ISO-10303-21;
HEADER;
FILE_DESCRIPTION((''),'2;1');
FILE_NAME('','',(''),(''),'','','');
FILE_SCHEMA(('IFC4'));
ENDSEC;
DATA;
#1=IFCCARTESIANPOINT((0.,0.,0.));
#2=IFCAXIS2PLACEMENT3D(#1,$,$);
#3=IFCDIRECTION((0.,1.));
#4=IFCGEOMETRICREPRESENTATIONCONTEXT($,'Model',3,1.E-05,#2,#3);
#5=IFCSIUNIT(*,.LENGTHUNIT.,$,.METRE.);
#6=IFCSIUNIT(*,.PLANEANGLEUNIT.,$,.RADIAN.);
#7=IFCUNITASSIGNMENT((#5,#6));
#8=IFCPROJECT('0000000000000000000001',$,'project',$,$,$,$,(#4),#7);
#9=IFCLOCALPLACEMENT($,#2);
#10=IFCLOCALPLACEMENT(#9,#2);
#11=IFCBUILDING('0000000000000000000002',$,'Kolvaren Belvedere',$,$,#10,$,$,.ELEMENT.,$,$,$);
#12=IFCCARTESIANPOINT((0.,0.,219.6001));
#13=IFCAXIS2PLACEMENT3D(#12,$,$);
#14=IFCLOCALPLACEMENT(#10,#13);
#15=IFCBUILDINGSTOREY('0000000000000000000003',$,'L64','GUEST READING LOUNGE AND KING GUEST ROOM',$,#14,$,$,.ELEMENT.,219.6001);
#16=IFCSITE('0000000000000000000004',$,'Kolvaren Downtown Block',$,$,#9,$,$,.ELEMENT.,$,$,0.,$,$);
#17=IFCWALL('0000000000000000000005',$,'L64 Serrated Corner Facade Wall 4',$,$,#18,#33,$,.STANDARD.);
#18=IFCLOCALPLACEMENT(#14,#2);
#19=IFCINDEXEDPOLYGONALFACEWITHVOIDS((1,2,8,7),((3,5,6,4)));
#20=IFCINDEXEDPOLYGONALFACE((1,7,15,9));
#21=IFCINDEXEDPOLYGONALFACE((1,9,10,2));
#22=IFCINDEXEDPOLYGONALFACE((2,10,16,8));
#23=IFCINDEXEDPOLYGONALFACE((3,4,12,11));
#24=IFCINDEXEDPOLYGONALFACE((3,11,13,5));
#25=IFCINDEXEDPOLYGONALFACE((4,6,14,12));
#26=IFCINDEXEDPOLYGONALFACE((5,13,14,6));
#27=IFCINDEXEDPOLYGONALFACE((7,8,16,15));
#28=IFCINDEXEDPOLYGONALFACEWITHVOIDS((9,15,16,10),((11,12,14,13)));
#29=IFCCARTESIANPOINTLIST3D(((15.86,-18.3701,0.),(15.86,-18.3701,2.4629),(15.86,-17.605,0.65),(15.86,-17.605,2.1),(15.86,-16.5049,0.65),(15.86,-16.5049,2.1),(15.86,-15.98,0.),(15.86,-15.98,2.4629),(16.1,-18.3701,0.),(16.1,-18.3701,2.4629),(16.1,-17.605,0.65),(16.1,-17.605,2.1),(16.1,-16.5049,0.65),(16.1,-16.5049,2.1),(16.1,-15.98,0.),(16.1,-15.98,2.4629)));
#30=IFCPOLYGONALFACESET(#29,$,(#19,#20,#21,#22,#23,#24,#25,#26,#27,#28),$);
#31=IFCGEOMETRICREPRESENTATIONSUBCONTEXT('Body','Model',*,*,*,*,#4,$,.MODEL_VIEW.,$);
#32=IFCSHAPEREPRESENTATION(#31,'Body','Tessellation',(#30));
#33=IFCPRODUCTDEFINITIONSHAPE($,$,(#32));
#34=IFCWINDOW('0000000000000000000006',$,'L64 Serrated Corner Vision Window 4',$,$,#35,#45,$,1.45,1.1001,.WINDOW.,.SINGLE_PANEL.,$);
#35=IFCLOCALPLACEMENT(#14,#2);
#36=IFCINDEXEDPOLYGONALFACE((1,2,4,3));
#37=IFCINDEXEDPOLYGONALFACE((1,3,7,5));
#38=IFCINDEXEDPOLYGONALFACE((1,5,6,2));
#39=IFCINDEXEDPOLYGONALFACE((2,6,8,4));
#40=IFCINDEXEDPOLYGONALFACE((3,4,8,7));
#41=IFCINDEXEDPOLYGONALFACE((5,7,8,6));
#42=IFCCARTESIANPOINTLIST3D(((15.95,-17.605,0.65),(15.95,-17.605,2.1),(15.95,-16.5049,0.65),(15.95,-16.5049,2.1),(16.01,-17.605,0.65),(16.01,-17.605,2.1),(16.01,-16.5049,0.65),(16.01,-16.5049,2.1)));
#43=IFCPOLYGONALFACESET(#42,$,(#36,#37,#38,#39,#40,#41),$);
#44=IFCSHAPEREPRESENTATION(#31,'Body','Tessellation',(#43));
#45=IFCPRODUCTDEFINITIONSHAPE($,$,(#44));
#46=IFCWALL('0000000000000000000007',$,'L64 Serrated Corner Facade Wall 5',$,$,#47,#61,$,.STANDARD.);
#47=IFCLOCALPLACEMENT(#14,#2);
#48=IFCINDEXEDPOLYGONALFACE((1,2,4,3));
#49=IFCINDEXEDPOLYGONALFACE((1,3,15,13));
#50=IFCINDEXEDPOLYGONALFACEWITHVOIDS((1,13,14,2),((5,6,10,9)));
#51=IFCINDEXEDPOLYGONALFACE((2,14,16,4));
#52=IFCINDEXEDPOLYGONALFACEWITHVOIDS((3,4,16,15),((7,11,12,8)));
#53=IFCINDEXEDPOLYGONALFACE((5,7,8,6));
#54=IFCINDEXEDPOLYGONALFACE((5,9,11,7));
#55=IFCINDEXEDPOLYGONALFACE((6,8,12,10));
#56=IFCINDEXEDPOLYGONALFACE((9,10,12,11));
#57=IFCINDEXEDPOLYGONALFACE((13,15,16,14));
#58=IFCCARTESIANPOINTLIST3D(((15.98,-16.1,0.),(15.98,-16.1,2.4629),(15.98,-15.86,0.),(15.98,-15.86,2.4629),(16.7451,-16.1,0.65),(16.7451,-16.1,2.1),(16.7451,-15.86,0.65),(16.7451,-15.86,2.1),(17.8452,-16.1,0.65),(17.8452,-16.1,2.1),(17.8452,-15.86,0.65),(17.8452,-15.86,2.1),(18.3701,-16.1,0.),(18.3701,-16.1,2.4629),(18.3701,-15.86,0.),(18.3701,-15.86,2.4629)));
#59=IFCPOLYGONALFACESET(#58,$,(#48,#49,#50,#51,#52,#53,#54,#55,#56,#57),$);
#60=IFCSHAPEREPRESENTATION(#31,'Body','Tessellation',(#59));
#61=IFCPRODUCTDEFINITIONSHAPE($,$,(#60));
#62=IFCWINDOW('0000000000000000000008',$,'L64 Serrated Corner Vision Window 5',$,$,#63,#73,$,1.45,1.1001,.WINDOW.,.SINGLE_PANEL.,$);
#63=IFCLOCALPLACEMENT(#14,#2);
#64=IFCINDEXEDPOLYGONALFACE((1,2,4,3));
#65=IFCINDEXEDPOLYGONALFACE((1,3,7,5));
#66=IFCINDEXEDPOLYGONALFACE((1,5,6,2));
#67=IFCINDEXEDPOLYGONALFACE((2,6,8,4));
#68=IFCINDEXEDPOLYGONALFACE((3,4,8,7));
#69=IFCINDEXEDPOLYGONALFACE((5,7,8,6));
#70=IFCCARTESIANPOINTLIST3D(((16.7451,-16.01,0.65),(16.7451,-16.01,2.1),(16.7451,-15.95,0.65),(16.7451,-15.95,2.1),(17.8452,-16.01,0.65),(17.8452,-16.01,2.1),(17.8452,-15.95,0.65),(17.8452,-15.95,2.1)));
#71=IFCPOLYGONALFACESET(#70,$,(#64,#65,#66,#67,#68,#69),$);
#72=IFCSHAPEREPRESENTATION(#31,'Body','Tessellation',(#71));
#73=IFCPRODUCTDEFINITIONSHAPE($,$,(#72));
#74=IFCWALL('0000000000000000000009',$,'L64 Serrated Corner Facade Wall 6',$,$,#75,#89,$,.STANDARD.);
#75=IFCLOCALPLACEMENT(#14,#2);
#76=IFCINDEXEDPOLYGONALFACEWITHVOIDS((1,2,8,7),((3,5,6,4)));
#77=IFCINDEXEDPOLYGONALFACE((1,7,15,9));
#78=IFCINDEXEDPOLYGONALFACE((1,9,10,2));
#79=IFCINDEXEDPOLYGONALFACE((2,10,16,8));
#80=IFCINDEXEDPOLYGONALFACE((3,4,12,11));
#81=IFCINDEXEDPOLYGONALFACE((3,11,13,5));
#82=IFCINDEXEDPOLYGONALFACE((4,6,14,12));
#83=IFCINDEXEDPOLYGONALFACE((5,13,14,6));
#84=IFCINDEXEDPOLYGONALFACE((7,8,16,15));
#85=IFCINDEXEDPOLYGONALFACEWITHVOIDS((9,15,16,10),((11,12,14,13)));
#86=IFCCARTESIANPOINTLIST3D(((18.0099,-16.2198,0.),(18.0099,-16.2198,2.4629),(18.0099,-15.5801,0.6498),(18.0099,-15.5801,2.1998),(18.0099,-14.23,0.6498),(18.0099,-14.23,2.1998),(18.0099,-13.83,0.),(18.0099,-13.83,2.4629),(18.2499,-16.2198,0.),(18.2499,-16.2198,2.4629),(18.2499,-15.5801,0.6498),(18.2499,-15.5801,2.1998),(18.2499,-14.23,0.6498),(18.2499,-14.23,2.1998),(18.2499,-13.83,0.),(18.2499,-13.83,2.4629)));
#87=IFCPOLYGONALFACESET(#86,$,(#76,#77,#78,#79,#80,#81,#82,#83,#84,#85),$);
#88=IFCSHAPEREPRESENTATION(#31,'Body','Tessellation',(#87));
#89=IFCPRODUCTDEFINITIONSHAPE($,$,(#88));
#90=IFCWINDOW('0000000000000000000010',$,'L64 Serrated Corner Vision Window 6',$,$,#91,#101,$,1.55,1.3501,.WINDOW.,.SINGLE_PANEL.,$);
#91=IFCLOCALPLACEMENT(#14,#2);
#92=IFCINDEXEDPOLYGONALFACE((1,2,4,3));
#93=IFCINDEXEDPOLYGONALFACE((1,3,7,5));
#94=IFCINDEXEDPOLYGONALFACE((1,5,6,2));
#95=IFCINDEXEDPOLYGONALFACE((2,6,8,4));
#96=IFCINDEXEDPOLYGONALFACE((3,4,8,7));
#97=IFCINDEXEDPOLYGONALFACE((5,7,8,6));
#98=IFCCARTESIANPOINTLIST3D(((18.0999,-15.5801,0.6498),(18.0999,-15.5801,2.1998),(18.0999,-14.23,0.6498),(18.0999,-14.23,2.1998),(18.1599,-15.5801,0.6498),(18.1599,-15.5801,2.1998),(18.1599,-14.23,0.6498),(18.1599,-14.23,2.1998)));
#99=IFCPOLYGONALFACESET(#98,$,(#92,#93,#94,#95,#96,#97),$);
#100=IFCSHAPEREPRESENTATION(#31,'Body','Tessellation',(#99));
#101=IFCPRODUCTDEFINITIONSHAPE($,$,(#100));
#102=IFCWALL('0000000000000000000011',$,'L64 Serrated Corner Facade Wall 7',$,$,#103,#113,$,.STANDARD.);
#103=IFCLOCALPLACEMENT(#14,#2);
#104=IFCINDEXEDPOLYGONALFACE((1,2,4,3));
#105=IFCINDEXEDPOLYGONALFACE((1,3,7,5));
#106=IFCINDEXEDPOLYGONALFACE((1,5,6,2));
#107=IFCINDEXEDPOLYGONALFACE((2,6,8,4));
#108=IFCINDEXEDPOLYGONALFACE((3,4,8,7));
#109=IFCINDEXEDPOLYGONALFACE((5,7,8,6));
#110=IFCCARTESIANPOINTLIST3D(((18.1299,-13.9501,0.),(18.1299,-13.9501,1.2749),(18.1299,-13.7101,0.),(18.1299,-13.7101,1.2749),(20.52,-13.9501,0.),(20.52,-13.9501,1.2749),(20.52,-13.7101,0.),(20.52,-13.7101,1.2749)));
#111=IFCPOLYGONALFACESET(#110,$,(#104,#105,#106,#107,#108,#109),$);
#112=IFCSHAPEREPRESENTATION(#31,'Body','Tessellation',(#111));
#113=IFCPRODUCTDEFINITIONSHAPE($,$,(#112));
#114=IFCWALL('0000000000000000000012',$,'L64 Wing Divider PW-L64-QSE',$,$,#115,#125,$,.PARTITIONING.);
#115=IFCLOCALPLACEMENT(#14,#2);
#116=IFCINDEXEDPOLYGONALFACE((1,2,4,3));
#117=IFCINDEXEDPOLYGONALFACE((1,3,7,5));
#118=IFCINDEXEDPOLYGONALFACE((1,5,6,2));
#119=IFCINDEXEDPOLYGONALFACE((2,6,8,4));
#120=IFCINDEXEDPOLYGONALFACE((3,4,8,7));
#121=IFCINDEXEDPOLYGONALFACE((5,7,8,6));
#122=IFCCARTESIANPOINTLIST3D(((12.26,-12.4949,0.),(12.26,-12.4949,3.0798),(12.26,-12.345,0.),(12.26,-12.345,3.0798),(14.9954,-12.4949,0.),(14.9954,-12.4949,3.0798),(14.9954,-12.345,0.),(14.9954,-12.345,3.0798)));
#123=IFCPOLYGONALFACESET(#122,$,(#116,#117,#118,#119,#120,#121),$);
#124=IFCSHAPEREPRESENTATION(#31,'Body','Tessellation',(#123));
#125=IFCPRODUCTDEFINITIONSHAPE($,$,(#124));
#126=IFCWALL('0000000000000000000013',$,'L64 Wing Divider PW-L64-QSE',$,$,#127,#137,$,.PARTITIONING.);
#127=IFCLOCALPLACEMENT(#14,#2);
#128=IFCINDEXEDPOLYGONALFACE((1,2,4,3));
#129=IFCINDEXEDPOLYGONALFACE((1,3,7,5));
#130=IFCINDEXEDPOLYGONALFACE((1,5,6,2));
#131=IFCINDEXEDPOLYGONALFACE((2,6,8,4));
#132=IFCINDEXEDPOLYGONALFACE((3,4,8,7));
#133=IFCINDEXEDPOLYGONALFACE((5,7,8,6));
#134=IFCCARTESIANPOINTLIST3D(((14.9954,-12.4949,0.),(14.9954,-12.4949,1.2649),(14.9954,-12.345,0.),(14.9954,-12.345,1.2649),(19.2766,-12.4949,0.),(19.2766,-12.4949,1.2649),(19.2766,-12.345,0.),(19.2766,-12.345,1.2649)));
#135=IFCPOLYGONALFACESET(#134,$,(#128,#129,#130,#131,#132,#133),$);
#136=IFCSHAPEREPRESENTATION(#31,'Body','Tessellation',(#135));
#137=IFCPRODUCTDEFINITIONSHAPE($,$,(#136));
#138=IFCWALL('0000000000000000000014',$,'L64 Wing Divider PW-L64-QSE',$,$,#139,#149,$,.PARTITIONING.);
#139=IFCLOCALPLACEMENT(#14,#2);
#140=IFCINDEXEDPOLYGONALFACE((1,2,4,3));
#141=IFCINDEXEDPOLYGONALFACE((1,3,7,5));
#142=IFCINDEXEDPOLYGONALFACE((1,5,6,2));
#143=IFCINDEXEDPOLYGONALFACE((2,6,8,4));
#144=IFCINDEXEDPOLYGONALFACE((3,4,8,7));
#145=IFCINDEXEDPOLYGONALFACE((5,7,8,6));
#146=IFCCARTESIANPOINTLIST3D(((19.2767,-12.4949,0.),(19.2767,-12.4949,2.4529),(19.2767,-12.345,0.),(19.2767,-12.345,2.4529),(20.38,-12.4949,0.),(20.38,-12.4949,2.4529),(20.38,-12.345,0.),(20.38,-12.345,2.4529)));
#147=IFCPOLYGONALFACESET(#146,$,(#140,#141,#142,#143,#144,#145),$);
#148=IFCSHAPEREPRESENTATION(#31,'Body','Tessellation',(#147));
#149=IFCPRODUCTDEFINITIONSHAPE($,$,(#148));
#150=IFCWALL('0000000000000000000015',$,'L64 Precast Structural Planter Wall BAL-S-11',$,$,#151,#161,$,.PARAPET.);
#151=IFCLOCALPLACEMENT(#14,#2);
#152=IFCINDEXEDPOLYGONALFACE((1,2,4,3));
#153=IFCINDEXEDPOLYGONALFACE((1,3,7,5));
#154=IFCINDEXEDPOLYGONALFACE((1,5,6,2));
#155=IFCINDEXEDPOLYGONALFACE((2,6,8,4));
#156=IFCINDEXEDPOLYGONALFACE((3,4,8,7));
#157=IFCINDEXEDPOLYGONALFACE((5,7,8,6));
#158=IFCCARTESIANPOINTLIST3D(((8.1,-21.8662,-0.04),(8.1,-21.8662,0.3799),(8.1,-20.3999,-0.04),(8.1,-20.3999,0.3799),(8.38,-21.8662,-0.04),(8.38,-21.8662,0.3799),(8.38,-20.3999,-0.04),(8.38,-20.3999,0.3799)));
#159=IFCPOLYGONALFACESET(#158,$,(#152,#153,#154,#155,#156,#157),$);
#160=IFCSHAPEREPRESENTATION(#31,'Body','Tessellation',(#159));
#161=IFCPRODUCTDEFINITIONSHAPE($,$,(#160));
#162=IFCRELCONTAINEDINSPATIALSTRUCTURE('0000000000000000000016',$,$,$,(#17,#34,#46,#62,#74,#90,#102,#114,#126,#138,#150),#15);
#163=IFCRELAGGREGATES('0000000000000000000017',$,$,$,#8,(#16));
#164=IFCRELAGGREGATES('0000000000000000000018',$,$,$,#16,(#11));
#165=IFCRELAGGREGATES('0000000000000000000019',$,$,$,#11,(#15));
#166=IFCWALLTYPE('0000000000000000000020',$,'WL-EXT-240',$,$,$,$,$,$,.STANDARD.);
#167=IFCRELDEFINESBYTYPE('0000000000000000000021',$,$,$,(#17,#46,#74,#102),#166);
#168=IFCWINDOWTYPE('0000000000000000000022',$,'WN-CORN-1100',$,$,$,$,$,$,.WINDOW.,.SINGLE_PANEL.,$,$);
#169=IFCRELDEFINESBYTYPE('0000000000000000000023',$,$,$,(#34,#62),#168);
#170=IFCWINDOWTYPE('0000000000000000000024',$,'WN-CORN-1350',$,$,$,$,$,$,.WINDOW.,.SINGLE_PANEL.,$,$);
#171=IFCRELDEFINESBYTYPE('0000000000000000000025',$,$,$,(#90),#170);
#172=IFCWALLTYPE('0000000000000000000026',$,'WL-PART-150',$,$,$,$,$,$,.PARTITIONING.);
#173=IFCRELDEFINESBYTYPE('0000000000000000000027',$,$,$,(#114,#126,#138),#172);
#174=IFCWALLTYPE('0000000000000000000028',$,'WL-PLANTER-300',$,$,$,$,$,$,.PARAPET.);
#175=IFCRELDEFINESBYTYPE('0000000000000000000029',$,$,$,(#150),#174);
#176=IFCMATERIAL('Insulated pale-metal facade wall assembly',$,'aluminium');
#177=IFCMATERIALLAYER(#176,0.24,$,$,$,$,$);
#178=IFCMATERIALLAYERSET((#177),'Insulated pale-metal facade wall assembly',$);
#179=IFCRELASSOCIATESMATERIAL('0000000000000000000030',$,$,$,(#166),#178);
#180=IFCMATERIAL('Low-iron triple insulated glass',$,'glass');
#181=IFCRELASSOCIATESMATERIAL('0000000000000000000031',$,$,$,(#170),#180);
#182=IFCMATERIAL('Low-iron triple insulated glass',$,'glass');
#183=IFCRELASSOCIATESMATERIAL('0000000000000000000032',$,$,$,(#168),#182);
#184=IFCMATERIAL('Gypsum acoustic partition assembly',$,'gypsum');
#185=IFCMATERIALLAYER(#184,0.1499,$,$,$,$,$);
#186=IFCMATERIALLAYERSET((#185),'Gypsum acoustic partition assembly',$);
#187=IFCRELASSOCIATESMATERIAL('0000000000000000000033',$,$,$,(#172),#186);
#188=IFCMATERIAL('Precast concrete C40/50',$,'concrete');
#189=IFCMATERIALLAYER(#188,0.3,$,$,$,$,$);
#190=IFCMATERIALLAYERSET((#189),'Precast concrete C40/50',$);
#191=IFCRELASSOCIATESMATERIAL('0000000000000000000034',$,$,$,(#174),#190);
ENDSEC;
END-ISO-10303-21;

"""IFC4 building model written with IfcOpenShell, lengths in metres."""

from ifc_helpers import new_model, si_unit, direction, frame, frame_2d, origin, place, context, subcontext, project, spatial, rectangle, extrude, material, layer, layer_set, type_object, element, fill, save


model = new_model("IFC4")

# Units and contexts
model_context = context("Model", 3, precision=1e-05, world=origin(), true_north=direction((0.0, 1.0)))
body_context = subcontext(model_context, "Body", "Model", "MODEL_VIEW")
ifc_project = project(units=[si_unit("LENGTHUNIT", "METRE"), si_unit("PLANEANGLEUNIT", "RADIAN")], contexts=[model_context])

# Site, building, storey
site_placement = place(None, origin())
site = spatial("IfcSite", under=ifc_project, at=site_placement, Name="Kolvaren Downtown Block", CompositionType="ELEMENT", RefElevation=0.0)
building_placement = place(site_placement, origin())
building = spatial("IfcBuilding", under=site, at=building_placement, Name="Kolvaren Belvedere", CompositionType="ELEMENT")
storey_placement = place(building_placement, frame((0.0, 0.0, 219.6001)))
storey = spatial("IfcBuildingStorey", under=building, at=storey_placement, Name="L64", Description="GUEST READING LOUNGE AND KING GUEST ROOM", CompositionType="ELEMENT", Elevation=219.6001)

# Shared definitions
ifc_material_1 = material(Name="Insulated pale-metal facade wall assembly", Category="aluminium")
ifc_layer_1 = layer(ifc_material_1, 0.24)
ifc_layer_set_1 = layer_set([ifc_layer_1], Name="Insulated pale-metal facade wall assembly")
wall_type_1 = type_object("IfcWallType", Name="WL-EXT-240", PredefinedType="STANDARD", material=ifc_layer_set_1)

# Walls, openings, windows
ifc_material_2 = material(Name="Low-iron triple insulated glass", Category="glass")
window_type_1 = type_object("IfcWindowType", Name="WN-CORN-1350", PartitioningType="SINGLE_PANEL", PredefinedType="WINDOW", material=ifc_material_2)
wall_1_placement = place(storey_placement, frame((15.98, -15.98, 0.0), z_axis=(0.0, 0.0, 1.0), x_axis=(0.0, -1.0, 0.0)))
wall_1 = element("IfcWall", 1, at=wall_1_placement, inside=storey, type_object=wall_type_1, Name="L64 Serrated Corner Facade Wall 4", PredefinedType="STANDARD", context=body_context, shape_type="SweptSolid", body=[
    extrude(rectangle(XDim=2.3901, YDim=0.24, at=frame_2d((1.1951, 0.0))), origin(), (0.0, 0.0, 1.0), 2.4629),
])
opening_1_placement = place(wall_1_placement, frame((0.5249, 0.0, 0.6499)))
opening_1 = element("IfcOpeningElement", 2, at=opening_1_placement, cuts=wall_1, PredefinedType="OPENING", context=body_context, shape_type="SweptSolid", body=[
    extrude(rectangle(XDim=1.1001, YDim=1.45, at=frame_2d((0.55, 0.7251))), frame((0.0, 0.1299, 0.0), z_axis=(0.0, -1.0, 0.0), x_axis=(1.0, 0.0, 0.0)), (0.0, 0.0, 1.0), 0.26),
])
ifc_material_3 = material(Name="Low-iron triple insulated glass", Category="glass")
window_type_2 = type_object("IfcWindowType", Name="WN-CORN-1100", PartitioningType="SINGLE_PANEL", PredefinedType="WINDOW", material=ifc_material_3)
window_1_placement = place(opening_1_placement, origin())
window_1 = element("IfcWindow", 3, at=window_1_placement, inside=storey, type_object=window_type_2, Name="L64 Serrated Corner Vision Window 4", OverallHeight=1.45, OverallWidth=1.1001, PartitioningType="SINGLE_PANEL", PredefinedType="WINDOW", context=body_context, shape_type="SweptSolid", body=[
    extrude(rectangle(XDim=1.1001, YDim=1.45, at=frame_2d((0.55, 0.7251))), frame((0.0, 0.03, 0.0), z_axis=(0.0, -1.0, 0.0), x_axis=(1.0, 0.0, 0.0)), (0.0, 0.0, 1.0), 0.0601),
])
fill(opening_1, window_1)
wall_2_placement = place(storey_placement, frame((18.3701, -15.98, 0.0), z_axis=(0.0, 0.0, 1.0), x_axis=(-1.0, 0.0, 0.0)))
wall_2 = element("IfcWall", 4, at=wall_2_placement, inside=storey, type_object=wall_type_1, Name="L64 Serrated Corner Facade Wall 5", PredefinedType="STANDARD", context=body_context, shape_type="SweptSolid", body=[
    extrude(rectangle(XDim=2.3901, YDim=0.24, at=frame_2d((1.1951, 0.0))), origin(), (0.0, 0.0, 1.0), 2.4629),
])
opening_2_placement = place(wall_2_placement, frame((0.5249, 0.0, 0.6499)))
opening_2 = element("IfcOpeningElement", 5, at=opening_2_placement, cuts=wall_2, PredefinedType="OPENING", context=body_context, shape_type="SweptSolid", body=[
    extrude(rectangle(XDim=1.1001, YDim=1.45, at=frame_2d((0.55, 0.7251))), frame((0.0, 0.1299, 0.0), z_axis=(0.0, -1.0, 0.0), x_axis=(1.0, 0.0, 0.0)), (0.0, 0.0, 1.0), 0.26),
])
window_2_placement = place(opening_2_placement, origin())
window_2 = element("IfcWindow", 6, at=window_2_placement, inside=storey, type_object=window_type_2, Name="L64 Serrated Corner Vision Window 5", OverallHeight=1.45, OverallWidth=1.1001, PartitioningType="SINGLE_PANEL", PredefinedType="WINDOW", context=body_context, shape_type="SweptSolid", body=[
    extrude(rectangle(XDim=1.1001, YDim=1.45, at=frame_2d((0.55, 0.7251))), frame((0.0, 0.03, 0.0), z_axis=(0.0, -1.0, 0.0), x_axis=(1.0, 0.0, 0.0)), (0.0, 0.0, 1.0), 0.0601),
])
fill(opening_2, window_2)
wall_3_placement = place(storey_placement, frame((18.1299, -13.8301, 0.0), z_axis=(0.0, 0.0, 1.0), x_axis=(0.0, -1.0, 0.0)))
wall_3 = element("IfcWall", 7, at=wall_3_placement, inside=storey, type_object=wall_type_1, Name="L64 Serrated Corner Facade Wall 6", PredefinedType="STANDARD", context=body_context, shape_type="SweptSolid", body=[
    extrude(rectangle(XDim=2.3899, YDim=0.24, at=frame_2d((1.1948, 0.0))), origin(), (0.0, 0.0, 1.0), 2.4629),
])
opening_3_placement = place(wall_3_placement, frame((0.3999, 0.0, 0.6499)))
opening_3 = element("IfcOpeningElement", 8, at=opening_3_placement, cuts=wall_3, PredefinedType="OPENING", context=body_context, shape_type="SweptSolid", body=[
    extrude(rectangle(XDim=1.3501, YDim=1.55, at=frame_2d((0.675, 0.7749))), frame((0.0, 0.1299, 0.0), z_axis=(0.0, -1.0, 0.0), x_axis=(1.0, 0.0, 0.0)), (0.0, 0.0, 1.0), 0.26),
])
window_3_placement = place(opening_3_placement, origin())
window_3 = element("IfcWindow", 9, at=window_3_placement, inside=storey, type_object=window_type_1, Name="L64 Serrated Corner Vision Window 6", OverallHeight=1.55, OverallWidth=1.3501, PartitioningType="SINGLE_PANEL", PredefinedType="WINDOW", context=body_context, shape_type="SweptSolid", body=[
    extrude(rectangle(XDim=1.3501, YDim=1.55, at=frame_2d((0.675, 0.7749))), frame((0.0, 0.03, 0.0), z_axis=(0.0, -1.0, 0.0), x_axis=(1.0, 0.0, 0.0)), (0.0, 0.0, 1.0), 0.0601),
])
fill(opening_3, window_3)

# Walls
wall_4_placement = place(storey_placement, frame((20.52, -13.8301, 0.0), z_axis=(0.0, 0.0, 1.0), x_axis=(-1.0, 0.0, 0.0)))
element("IfcWall", 10, at=wall_4_placement, inside=storey, type_object=wall_type_1, Name="L64 Serrated Corner Facade Wall 7", PredefinedType="STANDARD", context=body_context, shape_type="SweptSolid", body=[
    extrude(rectangle(XDim=2.3901, YDim=0.24, at=frame_2d((1.1951, 0.0))), origin(), (0.0, 0.0, 1.0), 1.2749),
])
ifc_material_4 = material(Name="Gypsum acoustic partition assembly", Category="gypsum")
ifc_layer_2 = layer(ifc_material_4, 0.1499)
ifc_layer_set_2 = layer_set([ifc_layer_2], Name="Gypsum acoustic partition assembly")
wall_type_2 = type_object("IfcWallType", Name="WL-PART-150", PredefinedType="PARTITIONING", material=ifc_layer_set_2)
wall_5_placement = place(storey_placement, frame((12.26, -12.4199, 0.0), z_axis=(0.0, 0.0, 1.0), x_axis=(1.0, 0.0, 0.0)))
element("IfcWall", 11, at=wall_5_placement, inside=storey, type_object=wall_type_2, Name="L64 Wing Divider PW-L64-QSE", PredefinedType="PARTITIONING", context=body_context, shape_type="SweptSolid", body=[
    extrude(rectangle(XDim=2.7354, YDim=0.1499, at=frame_2d((1.3677, 0.0))), origin(), (0.0, 0.0, 1.0), 3.0798),
])
wall_6_placement = place(storey_placement, frame((14.9954, -12.4199, 0.0), z_axis=(0.0, 0.0, 1.0), x_axis=(1.0, 0.0, 0.0)))
element("IfcWall", 12, at=wall_6_placement, inside=storey, type_object=wall_type_2, Name="L64 Wing Divider PW-L64-QSE", PredefinedType="PARTITIONING", context=body_context, shape_type="SweptSolid", body=[
    extrude(rectangle(XDim=4.2812, YDim=0.1499, at=frame_2d((2.1406, 0.0))), origin(), (0.0, 0.0, 1.0), 1.2649),
])
wall_7_placement = place(storey_placement, frame((19.2766, -12.4199, 0.0), z_axis=(0.0, 0.0, 1.0), x_axis=(1.0, 0.0, 0.0)))
element("IfcWall", 13, at=wall_7_placement, inside=storey, type_object=wall_type_2, Name="L64 Wing Divider PW-L64-QSE", PredefinedType="PARTITIONING", context=body_context, shape_type="SweptSolid", body=[
    extrude(rectangle(XDim=1.1033, YDim=0.1499, at=frame_2d((0.5518, 0.0))), origin(), (0.0, 0.0, 1.0), 2.4529),
])
ifc_material_5 = material(Name="Precast concrete C40/50", Category="concrete")
ifc_layer_3 = layer(ifc_material_5, 0.3)
ifc_layer_set_3 = layer_set([ifc_layer_3], Name="Precast concrete C40/50")
wall_type_3 = type_object("IfcWallType", Name="WL-PLANTER-300", PredefinedType="PARAPET", material=ifc_layer_set_3)
wall_8_placement = place(storey_placement, frame((8.24, -21.8662, -0.04), z_axis=(0.0, 0.0, 1.0), x_axis=(0.0, 1.0, 0.0)))
element("IfcWall", 14, at=wall_8_placement, inside=storey, type_object=wall_type_3, Name="L64 Precast Structural Planter Wall BAL-S-11", PredefinedType="PARAPET", context=body_context, shape_type="SweptSolid", body=[
    extrude(rectangle(XDim=1.4663, YDim=0.28, at=frame_2d((0.7332, 0.0))), origin(), (0.0, 0.0, 1.0), 0.4199),
])

save(model, "model.ifc")
